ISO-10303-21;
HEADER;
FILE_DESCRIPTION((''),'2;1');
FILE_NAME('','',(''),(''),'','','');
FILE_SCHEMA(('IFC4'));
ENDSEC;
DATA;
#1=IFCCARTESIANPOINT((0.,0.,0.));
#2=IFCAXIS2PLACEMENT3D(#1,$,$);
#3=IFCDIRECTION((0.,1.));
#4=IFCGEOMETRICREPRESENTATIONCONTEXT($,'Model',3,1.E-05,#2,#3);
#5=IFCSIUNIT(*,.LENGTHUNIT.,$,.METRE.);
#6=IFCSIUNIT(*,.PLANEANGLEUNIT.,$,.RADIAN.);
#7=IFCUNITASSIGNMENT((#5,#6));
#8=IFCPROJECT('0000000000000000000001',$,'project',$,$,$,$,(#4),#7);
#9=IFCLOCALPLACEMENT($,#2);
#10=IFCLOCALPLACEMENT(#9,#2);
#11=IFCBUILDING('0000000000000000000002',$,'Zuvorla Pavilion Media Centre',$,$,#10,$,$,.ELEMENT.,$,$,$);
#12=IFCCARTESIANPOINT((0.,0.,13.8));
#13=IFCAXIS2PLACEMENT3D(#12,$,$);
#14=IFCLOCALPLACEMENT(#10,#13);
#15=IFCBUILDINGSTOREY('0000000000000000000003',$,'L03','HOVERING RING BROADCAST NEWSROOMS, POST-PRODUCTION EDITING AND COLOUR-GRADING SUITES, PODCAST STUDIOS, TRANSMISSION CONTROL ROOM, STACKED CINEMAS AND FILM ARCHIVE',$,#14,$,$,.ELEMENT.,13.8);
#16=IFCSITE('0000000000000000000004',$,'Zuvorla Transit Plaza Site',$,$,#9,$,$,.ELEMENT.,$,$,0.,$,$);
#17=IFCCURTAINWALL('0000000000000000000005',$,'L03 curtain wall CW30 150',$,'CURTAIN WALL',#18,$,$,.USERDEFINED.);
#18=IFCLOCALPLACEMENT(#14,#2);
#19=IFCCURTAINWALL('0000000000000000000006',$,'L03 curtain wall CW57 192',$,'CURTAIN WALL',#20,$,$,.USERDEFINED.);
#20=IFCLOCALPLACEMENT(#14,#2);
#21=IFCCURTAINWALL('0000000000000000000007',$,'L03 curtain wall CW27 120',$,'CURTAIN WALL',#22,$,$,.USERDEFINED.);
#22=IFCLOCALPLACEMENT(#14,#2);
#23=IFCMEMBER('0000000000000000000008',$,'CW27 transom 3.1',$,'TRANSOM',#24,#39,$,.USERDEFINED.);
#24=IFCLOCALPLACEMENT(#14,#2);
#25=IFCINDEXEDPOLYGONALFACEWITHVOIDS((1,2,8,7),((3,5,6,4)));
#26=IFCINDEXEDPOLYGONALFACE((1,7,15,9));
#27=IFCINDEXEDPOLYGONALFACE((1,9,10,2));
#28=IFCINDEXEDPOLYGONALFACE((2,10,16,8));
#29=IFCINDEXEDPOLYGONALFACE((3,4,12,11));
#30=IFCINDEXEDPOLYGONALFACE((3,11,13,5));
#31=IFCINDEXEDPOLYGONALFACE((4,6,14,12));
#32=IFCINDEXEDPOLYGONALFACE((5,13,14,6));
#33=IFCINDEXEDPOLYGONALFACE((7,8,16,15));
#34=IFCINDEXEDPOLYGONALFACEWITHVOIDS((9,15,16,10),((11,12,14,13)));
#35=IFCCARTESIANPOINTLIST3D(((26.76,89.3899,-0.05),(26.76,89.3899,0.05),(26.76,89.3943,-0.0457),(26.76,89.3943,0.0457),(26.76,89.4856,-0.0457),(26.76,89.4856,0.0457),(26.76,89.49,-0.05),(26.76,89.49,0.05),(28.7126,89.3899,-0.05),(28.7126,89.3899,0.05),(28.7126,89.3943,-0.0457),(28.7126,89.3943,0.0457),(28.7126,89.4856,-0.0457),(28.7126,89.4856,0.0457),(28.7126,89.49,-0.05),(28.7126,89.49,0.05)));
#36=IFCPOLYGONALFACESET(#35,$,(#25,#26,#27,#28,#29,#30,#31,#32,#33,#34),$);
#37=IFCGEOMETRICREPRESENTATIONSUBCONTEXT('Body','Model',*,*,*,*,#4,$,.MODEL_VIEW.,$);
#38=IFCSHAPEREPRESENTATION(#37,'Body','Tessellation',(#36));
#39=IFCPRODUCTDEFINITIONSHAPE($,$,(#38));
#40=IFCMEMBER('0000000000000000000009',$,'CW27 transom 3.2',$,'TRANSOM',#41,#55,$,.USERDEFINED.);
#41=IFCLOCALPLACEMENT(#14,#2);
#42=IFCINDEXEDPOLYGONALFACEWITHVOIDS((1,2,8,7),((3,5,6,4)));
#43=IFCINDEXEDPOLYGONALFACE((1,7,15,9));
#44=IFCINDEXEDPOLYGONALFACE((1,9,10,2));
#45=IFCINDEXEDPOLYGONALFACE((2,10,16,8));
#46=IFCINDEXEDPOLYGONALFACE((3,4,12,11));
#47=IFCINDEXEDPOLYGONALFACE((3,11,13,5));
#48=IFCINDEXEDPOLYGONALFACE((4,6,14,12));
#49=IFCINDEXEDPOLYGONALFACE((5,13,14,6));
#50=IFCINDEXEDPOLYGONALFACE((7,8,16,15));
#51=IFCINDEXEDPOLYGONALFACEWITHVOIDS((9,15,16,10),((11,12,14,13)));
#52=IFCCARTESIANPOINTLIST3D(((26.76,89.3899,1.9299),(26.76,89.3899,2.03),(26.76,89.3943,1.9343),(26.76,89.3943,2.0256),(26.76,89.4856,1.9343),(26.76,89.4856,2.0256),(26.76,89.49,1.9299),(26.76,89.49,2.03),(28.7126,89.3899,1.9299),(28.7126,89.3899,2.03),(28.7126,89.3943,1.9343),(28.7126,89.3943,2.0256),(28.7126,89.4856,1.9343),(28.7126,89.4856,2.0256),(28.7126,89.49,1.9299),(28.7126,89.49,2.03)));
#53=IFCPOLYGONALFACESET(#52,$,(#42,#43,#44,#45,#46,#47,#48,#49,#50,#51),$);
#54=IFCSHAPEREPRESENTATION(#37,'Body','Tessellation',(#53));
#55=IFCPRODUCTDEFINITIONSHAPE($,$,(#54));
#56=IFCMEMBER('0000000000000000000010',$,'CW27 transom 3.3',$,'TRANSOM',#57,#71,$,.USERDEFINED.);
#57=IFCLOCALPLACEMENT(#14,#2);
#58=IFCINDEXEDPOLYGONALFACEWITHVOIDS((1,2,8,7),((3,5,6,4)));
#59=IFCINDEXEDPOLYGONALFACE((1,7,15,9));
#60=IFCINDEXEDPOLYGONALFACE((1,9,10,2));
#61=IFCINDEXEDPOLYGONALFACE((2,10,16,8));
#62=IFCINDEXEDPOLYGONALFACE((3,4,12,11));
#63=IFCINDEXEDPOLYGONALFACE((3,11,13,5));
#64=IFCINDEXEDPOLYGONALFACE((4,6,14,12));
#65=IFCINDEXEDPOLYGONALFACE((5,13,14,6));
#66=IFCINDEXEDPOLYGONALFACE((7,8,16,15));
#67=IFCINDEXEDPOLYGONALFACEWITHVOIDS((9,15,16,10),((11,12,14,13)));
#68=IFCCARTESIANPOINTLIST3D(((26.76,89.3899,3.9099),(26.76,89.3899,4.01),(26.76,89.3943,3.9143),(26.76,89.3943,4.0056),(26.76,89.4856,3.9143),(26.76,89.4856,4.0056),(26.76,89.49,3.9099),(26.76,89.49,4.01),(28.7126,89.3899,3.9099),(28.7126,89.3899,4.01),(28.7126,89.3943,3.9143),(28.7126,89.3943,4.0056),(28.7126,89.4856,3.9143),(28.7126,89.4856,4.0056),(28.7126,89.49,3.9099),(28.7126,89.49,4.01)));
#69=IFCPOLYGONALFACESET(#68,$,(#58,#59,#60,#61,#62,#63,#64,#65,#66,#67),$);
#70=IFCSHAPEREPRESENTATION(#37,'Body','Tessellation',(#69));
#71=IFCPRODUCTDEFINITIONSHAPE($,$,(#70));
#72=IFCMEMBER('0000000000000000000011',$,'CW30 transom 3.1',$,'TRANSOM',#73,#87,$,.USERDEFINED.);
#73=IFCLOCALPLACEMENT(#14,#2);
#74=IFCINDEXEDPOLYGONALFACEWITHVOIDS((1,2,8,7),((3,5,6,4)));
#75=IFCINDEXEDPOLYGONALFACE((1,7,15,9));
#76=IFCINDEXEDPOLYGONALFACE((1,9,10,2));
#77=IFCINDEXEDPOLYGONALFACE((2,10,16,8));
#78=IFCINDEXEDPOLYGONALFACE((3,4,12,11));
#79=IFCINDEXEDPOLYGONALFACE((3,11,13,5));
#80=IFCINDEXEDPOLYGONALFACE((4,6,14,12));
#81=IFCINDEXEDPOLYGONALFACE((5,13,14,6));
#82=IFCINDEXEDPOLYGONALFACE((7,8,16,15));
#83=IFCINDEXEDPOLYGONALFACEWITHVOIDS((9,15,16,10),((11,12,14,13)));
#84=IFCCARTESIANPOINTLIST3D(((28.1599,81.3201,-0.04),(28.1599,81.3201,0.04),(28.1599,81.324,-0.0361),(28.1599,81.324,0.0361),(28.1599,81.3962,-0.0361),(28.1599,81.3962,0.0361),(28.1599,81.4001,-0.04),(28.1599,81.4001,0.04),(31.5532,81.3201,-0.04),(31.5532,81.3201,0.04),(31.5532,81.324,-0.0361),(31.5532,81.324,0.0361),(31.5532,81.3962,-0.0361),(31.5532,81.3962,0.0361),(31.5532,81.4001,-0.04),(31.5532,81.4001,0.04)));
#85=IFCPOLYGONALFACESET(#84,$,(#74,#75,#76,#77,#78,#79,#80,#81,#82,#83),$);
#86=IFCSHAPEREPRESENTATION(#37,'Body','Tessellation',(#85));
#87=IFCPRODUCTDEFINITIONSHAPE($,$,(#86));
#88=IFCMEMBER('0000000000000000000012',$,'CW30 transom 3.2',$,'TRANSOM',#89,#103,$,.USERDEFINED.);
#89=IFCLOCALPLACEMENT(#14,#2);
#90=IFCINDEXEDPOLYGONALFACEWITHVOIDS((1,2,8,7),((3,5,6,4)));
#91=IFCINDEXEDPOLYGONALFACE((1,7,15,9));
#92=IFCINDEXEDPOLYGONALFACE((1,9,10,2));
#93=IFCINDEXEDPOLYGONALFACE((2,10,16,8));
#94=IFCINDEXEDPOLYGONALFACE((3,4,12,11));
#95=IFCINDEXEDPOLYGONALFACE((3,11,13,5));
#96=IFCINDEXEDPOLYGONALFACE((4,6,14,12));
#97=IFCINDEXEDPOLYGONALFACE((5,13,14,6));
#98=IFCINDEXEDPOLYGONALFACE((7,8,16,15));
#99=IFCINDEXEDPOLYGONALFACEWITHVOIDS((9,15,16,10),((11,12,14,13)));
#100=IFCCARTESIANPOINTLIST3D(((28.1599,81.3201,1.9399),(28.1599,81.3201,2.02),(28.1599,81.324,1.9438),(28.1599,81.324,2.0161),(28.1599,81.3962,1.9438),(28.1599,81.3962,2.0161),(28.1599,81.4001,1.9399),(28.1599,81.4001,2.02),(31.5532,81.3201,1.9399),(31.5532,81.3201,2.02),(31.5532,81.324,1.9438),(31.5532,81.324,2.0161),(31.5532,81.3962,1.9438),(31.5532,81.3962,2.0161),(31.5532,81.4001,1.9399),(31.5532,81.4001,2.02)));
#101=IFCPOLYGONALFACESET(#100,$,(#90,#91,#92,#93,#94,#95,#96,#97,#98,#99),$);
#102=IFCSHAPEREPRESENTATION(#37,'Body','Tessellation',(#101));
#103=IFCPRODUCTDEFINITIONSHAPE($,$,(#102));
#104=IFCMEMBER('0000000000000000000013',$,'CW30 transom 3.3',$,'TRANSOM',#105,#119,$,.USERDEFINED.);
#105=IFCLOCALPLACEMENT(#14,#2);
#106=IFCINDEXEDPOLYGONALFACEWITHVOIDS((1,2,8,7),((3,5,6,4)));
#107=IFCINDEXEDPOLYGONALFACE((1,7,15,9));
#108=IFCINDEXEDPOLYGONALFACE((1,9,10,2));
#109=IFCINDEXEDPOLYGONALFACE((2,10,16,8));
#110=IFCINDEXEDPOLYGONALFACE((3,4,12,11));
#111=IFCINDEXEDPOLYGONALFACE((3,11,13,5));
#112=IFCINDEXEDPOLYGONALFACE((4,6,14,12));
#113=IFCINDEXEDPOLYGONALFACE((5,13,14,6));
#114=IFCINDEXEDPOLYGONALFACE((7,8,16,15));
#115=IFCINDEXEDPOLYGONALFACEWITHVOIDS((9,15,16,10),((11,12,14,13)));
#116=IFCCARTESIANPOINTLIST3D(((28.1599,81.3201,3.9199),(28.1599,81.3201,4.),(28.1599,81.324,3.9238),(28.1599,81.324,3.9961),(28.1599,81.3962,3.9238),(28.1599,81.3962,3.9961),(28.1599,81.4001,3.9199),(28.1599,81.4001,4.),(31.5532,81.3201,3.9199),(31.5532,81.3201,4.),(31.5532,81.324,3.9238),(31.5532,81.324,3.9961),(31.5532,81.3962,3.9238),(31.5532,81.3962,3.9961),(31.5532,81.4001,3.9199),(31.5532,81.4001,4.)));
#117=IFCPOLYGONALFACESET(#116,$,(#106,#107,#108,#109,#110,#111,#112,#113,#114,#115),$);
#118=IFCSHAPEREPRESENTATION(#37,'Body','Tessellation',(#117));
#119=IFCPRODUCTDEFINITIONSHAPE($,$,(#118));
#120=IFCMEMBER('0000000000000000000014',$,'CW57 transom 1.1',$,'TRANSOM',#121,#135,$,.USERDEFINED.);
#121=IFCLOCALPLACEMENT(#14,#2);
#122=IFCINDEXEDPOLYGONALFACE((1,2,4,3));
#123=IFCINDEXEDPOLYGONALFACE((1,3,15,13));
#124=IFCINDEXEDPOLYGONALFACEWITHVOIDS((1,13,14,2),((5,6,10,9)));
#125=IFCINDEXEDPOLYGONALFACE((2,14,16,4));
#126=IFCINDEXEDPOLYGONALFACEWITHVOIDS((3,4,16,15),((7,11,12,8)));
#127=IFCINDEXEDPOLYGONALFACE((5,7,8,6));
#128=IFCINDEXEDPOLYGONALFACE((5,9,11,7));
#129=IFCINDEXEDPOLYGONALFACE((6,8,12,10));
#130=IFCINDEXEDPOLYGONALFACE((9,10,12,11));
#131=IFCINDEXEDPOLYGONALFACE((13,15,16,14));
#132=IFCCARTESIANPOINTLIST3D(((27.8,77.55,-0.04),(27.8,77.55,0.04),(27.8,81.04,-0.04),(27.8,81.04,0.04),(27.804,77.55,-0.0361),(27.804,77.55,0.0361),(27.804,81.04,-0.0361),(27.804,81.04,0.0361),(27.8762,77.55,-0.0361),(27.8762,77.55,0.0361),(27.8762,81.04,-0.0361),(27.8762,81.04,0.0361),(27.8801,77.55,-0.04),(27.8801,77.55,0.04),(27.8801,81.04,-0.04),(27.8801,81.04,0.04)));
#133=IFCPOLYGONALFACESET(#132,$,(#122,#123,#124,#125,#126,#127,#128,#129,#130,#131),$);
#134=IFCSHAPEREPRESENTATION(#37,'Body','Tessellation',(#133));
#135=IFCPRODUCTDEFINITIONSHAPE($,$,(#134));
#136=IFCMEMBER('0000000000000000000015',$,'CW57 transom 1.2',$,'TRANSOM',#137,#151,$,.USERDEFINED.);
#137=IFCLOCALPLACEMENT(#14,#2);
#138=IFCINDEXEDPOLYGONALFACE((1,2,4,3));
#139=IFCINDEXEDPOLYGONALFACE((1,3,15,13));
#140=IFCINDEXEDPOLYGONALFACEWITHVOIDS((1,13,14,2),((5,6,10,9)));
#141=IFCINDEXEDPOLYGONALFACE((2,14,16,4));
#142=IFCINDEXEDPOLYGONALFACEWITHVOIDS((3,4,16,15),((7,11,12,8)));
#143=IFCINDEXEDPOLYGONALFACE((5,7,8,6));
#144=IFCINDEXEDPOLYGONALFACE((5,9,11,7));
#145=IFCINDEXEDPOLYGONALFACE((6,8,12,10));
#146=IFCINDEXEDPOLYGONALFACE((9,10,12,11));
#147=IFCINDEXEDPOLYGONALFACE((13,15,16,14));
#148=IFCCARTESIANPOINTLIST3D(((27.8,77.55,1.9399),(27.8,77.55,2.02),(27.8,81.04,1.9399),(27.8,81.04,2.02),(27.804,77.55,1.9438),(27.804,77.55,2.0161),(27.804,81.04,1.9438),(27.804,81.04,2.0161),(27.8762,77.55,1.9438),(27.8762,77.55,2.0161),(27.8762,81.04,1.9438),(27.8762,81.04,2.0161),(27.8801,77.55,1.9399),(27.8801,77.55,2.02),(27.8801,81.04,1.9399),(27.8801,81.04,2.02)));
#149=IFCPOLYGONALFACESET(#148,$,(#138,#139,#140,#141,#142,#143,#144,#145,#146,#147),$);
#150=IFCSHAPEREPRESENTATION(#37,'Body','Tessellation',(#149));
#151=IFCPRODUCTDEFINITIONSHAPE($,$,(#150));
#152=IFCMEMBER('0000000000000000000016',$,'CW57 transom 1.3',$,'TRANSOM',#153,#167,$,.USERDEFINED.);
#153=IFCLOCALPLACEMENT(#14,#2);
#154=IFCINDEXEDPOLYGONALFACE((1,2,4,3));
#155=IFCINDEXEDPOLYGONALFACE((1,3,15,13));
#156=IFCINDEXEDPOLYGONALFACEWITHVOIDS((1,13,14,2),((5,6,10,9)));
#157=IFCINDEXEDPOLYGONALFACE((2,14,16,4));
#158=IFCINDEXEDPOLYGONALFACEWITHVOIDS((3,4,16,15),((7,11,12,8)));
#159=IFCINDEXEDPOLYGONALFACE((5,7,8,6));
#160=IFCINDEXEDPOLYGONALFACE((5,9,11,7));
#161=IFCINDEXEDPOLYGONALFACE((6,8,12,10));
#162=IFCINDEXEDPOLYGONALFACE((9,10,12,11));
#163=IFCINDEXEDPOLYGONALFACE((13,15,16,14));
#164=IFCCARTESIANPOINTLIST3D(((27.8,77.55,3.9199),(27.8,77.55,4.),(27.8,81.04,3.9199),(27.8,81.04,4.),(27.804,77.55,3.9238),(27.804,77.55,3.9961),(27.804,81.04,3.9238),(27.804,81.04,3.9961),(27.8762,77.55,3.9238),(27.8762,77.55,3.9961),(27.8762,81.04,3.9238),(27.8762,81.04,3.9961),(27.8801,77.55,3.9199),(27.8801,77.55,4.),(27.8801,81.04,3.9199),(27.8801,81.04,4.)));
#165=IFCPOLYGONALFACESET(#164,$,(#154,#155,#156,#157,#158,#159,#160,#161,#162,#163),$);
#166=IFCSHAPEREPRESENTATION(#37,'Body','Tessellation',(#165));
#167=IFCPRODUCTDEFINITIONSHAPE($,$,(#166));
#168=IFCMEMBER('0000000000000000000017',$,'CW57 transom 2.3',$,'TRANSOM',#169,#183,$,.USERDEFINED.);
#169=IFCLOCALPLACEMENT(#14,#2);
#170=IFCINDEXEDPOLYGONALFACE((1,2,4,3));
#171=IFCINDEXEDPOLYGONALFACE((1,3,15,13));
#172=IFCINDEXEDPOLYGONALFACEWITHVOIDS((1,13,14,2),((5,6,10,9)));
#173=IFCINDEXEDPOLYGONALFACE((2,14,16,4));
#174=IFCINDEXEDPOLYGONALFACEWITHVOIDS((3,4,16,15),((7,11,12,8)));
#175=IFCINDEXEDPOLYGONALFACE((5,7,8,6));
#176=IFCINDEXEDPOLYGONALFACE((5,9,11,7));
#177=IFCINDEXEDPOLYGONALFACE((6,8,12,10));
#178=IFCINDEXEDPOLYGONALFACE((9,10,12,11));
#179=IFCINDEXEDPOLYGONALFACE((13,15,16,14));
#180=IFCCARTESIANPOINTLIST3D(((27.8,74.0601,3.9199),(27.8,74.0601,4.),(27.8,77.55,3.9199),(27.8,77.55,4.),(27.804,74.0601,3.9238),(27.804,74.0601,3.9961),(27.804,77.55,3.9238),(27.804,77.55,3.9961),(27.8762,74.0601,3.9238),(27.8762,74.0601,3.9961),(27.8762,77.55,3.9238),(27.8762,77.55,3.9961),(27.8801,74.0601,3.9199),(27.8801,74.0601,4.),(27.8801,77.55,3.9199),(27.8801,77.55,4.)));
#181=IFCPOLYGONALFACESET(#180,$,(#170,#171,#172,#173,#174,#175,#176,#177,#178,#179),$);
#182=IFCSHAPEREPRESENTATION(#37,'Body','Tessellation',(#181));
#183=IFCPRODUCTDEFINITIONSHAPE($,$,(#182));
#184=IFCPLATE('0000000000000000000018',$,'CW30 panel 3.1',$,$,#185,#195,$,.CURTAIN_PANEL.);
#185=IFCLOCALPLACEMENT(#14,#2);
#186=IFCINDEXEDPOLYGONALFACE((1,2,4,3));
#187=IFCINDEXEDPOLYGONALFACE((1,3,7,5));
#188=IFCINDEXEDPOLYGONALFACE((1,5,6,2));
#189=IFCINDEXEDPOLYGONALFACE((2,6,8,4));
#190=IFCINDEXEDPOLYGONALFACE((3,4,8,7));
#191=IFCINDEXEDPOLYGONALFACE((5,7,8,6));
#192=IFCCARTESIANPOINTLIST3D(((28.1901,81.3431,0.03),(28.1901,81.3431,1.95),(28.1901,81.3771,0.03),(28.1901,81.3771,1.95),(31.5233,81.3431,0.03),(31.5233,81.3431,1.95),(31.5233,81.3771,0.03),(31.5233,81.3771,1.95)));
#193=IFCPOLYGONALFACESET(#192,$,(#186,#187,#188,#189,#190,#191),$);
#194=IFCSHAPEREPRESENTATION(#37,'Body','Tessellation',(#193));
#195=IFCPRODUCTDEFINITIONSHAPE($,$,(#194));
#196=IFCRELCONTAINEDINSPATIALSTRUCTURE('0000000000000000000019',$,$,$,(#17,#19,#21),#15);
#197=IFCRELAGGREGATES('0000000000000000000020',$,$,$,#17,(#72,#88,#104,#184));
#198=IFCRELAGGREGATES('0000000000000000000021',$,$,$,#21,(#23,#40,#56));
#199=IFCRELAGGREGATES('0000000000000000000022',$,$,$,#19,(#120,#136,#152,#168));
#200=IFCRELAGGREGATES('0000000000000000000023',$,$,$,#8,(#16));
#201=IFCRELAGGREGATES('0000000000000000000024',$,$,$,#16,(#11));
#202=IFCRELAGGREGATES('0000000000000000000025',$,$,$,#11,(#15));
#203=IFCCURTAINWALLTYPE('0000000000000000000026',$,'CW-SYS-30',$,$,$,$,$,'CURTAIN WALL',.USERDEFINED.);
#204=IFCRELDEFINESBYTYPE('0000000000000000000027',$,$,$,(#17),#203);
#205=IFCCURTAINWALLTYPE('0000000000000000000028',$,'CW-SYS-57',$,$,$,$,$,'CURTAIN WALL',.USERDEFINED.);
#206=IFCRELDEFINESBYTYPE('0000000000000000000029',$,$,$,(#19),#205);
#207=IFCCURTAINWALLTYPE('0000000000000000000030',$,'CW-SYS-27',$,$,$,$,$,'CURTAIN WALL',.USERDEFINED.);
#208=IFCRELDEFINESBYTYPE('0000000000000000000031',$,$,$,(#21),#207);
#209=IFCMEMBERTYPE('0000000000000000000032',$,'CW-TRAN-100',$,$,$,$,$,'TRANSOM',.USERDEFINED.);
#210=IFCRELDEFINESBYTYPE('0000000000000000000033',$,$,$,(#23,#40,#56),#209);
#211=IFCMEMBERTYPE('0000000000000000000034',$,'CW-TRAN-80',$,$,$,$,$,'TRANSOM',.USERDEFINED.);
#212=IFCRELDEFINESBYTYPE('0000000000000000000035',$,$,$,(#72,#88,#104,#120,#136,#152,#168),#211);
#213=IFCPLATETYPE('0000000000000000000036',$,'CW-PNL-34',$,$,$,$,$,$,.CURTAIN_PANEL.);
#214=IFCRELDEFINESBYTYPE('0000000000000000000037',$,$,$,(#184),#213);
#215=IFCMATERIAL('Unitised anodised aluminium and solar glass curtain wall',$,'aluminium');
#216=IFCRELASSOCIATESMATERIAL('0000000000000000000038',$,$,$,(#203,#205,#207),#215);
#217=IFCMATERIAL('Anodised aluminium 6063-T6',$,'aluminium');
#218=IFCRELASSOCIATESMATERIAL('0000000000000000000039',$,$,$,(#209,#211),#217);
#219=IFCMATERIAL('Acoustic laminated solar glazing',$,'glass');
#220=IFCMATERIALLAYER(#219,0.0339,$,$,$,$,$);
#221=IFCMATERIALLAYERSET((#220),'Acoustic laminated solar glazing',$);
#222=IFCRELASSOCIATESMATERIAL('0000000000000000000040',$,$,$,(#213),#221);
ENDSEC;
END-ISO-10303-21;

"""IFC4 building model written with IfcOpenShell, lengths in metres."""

from ifc_helpers import new_model, si_unit, direction, frame, origin, origin_2d, place, context, subcontext, project, spatial, rectangle, hollow_rectangle, extrude, material, layer, layer_set, material_profile, profile_set, type_object, element, aggregate, save


model = new_model("IFC4")

# Units and contexts
model_context = context("Model", 3, precision=1e-05, world=origin(), true_north=direction((0.0, 1.0)))
body_context = subcontext(model_context, "Body", "Model", "MODEL_VIEW")
ifc_project = project(units=[si_unit("LENGTHUNIT", "METRE"), si_unit("PLANEANGLEUNIT", "RADIAN")], contexts=[model_context])

# Site, building, storey
site_placement = place(None, origin())
site = spatial("IfcSite", under=ifc_project, at=site_placement, Name="Zuvorla Transit Plaza Site", CompositionType="ELEMENT", RefElevation=0.0)
building_placement = place(site_placement, origin())
building = spatial("IfcBuilding", under=site, at=building_placement, Name="Zuvorla Pavilion Media Centre", CompositionType="ELEMENT")
storey_placement = place(building_placement, frame((0.0, 0.0, 13.8)))
storey = spatial("IfcBuildingStorey", under=building, at=storey_placement, Name="L03", Description="HOVERING RING BROADCAST NEWSROOMS, POST-PRODUCTION EDITING AND COLOUR-GRADING SUITES, PODCAST STUDIOS, TRANSMISSION CONTROL ROOM, STACKED CINEMAS AND FILM ARCHIVE", CompositionType="ELEMENT", Elevation=13.8)

# Curtain wall
ifc_material_1 = material(Name="Unitised anodised aluminium and solar glass curtain wall", Category="aluminium")
curtain_wall_type_1 = type_object("IfcCurtainWallType", Name="CW-SYS-30", ElementType="CURTAIN WALL", PredefinedType="USERDEFINED", material=ifc_material_1)
curtain_wall_1_placement = place(storey_placement, origin())
curtain_wall_1 = element("IfcCurtainWall", 1, at=curtain_wall_1_placement, inside=storey, type_object=curtain_wall_type_1, Name="L03 curtain wall CW30 150", ObjectType="CURTAIN WALL", PredefinedType="USERDEFINED")
ifc_material_2 = material(Name="Anodised aluminium 6063-T6", Category="aluminium")

# Curtain wall
curtain_wall_type_2 = type_object("IfcCurtainWallType", Name="CW-SYS-57", ElementType="CURTAIN WALL", PredefinedType="USERDEFINED", material=ifc_material_1)
curtain_wall_2_placement = place(storey_placement, origin())
curtain_wall_2 = element("IfcCurtainWall", 2, at=curtain_wall_2_placement, inside=storey, type_object=curtain_wall_type_2, Name="L03 curtain wall CW57 192", ObjectType="CURTAIN WALL", PredefinedType="USERDEFINED")

# Curtain wall, members
curtain_wall_type_3 = type_object("IfcCurtainWallType", Name="CW-SYS-27", ElementType="CURTAIN WALL", PredefinedType="USERDEFINED", material=ifc_material_1)
curtain_wall_3_placement = place(storey_placement, origin())
curtain_wall_3 = element("IfcCurtainWall", 3, at=curtain_wall_3_placement, inside=storey, type_object=curtain_wall_type_3, Name="L03 curtain wall CW27 120", ObjectType="CURTAIN WALL", PredefinedType="USERDEFINED")
ifc_material_profile_1 = material_profile(ifc_material_2, hollow_rectangle(XDim=0.1001, YDim=0.1001, WallThickness=0.0044, at=origin_2d()), Name="ALU TRAN 100x100")
ifc_profile_set_1 = profile_set([ifc_material_profile_1], Name="Anodised aluminium 6063-T6")
member_type_1 = type_object("IfcMemberType", Name="CW-TRAN-100", ElementType="TRANSOM", PredefinedType="USERDEFINED", material=ifc_profile_set_1)
member_1_placement = place(storey_placement, frame((28.7126, 89.4399, 0.0), z_axis=(-1.0, 0.0, 0.0), x_axis=(0.0, -1.0, 0.0)))
member_1 = element("IfcMember", 4, at=member_1_placement, type_object=member_type_1, Name="CW27 transom 3.1", ObjectType="TRANSOM", PredefinedType="USERDEFINED", context=body_context, shape_type="SweptSolid", body=[
    extrude(hollow_rectangle(XDim=0.1001, YDim=0.1001, WallThickness=0.0044, at=origin_2d()), origin(), (0.0, 0.0, 1.0), 1.9526),
])
member_2_placement = place(storey_placement, frame((28.7126, 89.4399, 1.98), z_axis=(-1.0, 0.0, 0.0), x_axis=(0.0, -1.0, 0.0)))
member_2 = element("IfcMember", 5, at=member_2_placement, type_object=member_type_1, Name="CW27 transom 3.2", ObjectType="TRANSOM", PredefinedType="USERDEFINED", context=body_context, shape_type="SweptSolid", body=[
    extrude(hollow_rectangle(XDim=0.1001, YDim=0.1001, WallThickness=0.0044, at=origin_2d()), origin(), (0.0, 0.0, 1.0), 1.9526),
])
member_3_placement = place(storey_placement, frame((28.7126, 89.4399, 3.96), z_axis=(-1.0, 0.0, 0.0), x_axis=(0.0, -1.0, 0.0)))
member_3 = element("IfcMember", 6, at=member_3_placement, type_object=member_type_1, Name="CW27 transom 3.3", ObjectType="TRANSOM", PredefinedType="USERDEFINED", context=body_context, shape_type="SweptSolid", body=[
    extrude(hollow_rectangle(XDim=0.1001, YDim=0.1001, WallThickness=0.0044, at=origin_2d()), origin(), (0.0, 0.0, 1.0), 1.9526),
])

# Members
ifc_material_profile_2 = material_profile(ifc_material_2, hollow_rectangle(XDim=0.0801, YDim=0.0801, WallThickness=0.0039, at=origin_2d()), Name="ALU TRAN 80x80")
ifc_profile_set_2 = profile_set([ifc_material_profile_2], Name="Anodised aluminium 6063-T6")
member_type_2 = type_object("IfcMemberType", Name="CW-TRAN-80", ElementType="TRANSOM", PredefinedType="USERDEFINED", material=ifc_profile_set_2)
member_4_placement = place(storey_placement, frame((31.5532, 81.3601, 0.0), z_axis=(-1.0, 0.0, 0.0), x_axis=(0.0, -1.0, 0.0)))
member_4 = element("IfcMember", 7, at=member_4_placement, type_object=member_type_2, Name="CW30 transom 3.1", ObjectType="TRANSOM", PredefinedType="USERDEFINED", context=body_context, shape_type="SweptSolid", body=[
    extrude(hollow_rectangle(XDim=0.0801, YDim=0.0801, WallThickness=0.0039, at=origin_2d()), origin(), (0.0, 0.0, 1.0), 3.3933),
])
member_5_placement = place(storey_placement, frame((31.5532, 81.3601, 1.98), z_axis=(-1.0, 0.0, 0.0), x_axis=(0.0, -1.0, 0.0)))
member_5 = element("IfcMember", 8, at=member_5_placement, type_object=member_type_2, Name="CW30 transom 3.2", ObjectType="TRANSOM", PredefinedType="USERDEFINED", context=body_context, shape_type="SweptSolid", body=[
    extrude(hollow_rectangle(XDim=0.0801, YDim=0.0801, WallThickness=0.0039, at=origin_2d()), origin(), (0.0, 0.0, 1.0), 3.3933),
])
member_6_placement = place(storey_placement, frame((31.5532, 81.3601, 3.96), z_axis=(-1.0, 0.0, 0.0), x_axis=(0.0, -1.0, 0.0)))
member_6 = element("IfcMember", 9, at=member_6_placement, type_object=member_type_2, Name="CW30 transom 3.3", ObjectType="TRANSOM", PredefinedType="USERDEFINED", context=body_context, shape_type="SweptSolid", body=[
    extrude(hollow_rectangle(XDim=0.0801, YDim=0.0801, WallThickness=0.0039, at=origin_2d()), origin(), (0.0, 0.0, 1.0), 3.3933),
])
member_7_placement = place(storey_placement, frame((27.8401, 81.04, 0.0), z_axis=(0.0, -1.0, 0.0), x_axis=(1.0, 0.0, 0.0)))
member_7 = element("IfcMember", 10, at=member_7_placement, type_object=member_type_2, Name="CW57 transom 1.1", ObjectType="TRANSOM", PredefinedType="USERDEFINED", context=body_context, shape_type="SweptSolid", body=[
    extrude(hollow_rectangle(XDim=0.0801, YDim=0.0801, WallThickness=0.0039, at=origin_2d()), origin(), (0.0, 0.0, 1.0), 3.49),
])
member_8_placement = place(storey_placement, frame((27.8401, 81.04, 1.98), z_axis=(0.0, -1.0, 0.0), x_axis=(1.0, 0.0, 0.0)))
member_8 = element("IfcMember", 11, at=member_8_placement, type_object=member_type_2, Name="CW57 transom 1.2", ObjectType="TRANSOM", PredefinedType="USERDEFINED", context=body_context, shape_type="SweptSolid", body=[
    extrude(hollow_rectangle(XDim=0.0801, YDim=0.0801, WallThickness=0.0039, at=origin_2d()), origin(), (0.0, 0.0, 1.0), 3.49),
])
member_9_placement = place(storey_placement, frame((27.8401, 81.04, 3.96), z_axis=(0.0, -1.0, 0.0), x_axis=(1.0, 0.0, 0.0)))
member_9 = element("IfcMember", 12, at=member_9_placement, type_object=member_type_2, Name="CW57 transom 1.3", ObjectType="TRANSOM", PredefinedType="USERDEFINED", context=body_context, shape_type="SweptSolid", body=[
    extrude(hollow_rectangle(XDim=0.0801, YDim=0.0801, WallThickness=0.0039, at=origin_2d()), origin(), (0.0, 0.0, 1.0), 3.49),
])
member_10_placement = place(storey_placement, frame((27.8401, 77.55, 3.96), z_axis=(0.0, -1.0, 0.0), x_axis=(1.0, 0.0, 0.0)))
member_10 = element("IfcMember", 13, at=member_10_placement, type_object=member_type_2, Name="CW57 transom 2.3", ObjectType="TRANSOM", PredefinedType="USERDEFINED", context=body_context, shape_type="SweptSolid", body=[
    extrude(hollow_rectangle(XDim=0.0801, YDim=0.0801, WallThickness=0.0039, at=origin_2d()), origin(), (0.0, 0.0, 1.0), 3.49),
])

# Plate
ifc_material_3 = material(Name="Acoustic laminated solar glazing", Category="glass")
ifc_layer_1 = layer(ifc_material_3, 0.0339)
ifc_layer_set_1 = layer_set([ifc_layer_1], Name="Acoustic laminated solar glazing")
plate_type_1 = type_object("IfcPlateType", Name="CW-PNL-34", PredefinedType="CURTAIN_PANEL", material=ifc_layer_set_1)
plate_1_placement = place(storey_placement, frame((29.8567, 81.3601, 0.03), z_axis=(0.0, 0.0, 1.0), x_axis=(-1.0, 0.0, 0.0)))
plate_1 = element("IfcPlate", 14, at=plate_1_placement, type_object=plate_type_1, Name="CW30 panel 3.1", PredefinedType="CURTAIN_PANEL", context=body_context, shape_type="SweptSolid", body=[
    extrude(rectangle(XDim=3.3333, YDim=0.0339, at=origin_2d()), origin(), (0.0, 0.0, 1.0), 1.9199),
])
aggregate(curtain_wall_1, [member_4, member_5, member_6, plate_1])
aggregate(curtain_wall_3, [member_1, member_2, member_3])
aggregate(curtain_wall_2, [member_7, member_8, member_9, member_10])

save(model, "model.ifc")
